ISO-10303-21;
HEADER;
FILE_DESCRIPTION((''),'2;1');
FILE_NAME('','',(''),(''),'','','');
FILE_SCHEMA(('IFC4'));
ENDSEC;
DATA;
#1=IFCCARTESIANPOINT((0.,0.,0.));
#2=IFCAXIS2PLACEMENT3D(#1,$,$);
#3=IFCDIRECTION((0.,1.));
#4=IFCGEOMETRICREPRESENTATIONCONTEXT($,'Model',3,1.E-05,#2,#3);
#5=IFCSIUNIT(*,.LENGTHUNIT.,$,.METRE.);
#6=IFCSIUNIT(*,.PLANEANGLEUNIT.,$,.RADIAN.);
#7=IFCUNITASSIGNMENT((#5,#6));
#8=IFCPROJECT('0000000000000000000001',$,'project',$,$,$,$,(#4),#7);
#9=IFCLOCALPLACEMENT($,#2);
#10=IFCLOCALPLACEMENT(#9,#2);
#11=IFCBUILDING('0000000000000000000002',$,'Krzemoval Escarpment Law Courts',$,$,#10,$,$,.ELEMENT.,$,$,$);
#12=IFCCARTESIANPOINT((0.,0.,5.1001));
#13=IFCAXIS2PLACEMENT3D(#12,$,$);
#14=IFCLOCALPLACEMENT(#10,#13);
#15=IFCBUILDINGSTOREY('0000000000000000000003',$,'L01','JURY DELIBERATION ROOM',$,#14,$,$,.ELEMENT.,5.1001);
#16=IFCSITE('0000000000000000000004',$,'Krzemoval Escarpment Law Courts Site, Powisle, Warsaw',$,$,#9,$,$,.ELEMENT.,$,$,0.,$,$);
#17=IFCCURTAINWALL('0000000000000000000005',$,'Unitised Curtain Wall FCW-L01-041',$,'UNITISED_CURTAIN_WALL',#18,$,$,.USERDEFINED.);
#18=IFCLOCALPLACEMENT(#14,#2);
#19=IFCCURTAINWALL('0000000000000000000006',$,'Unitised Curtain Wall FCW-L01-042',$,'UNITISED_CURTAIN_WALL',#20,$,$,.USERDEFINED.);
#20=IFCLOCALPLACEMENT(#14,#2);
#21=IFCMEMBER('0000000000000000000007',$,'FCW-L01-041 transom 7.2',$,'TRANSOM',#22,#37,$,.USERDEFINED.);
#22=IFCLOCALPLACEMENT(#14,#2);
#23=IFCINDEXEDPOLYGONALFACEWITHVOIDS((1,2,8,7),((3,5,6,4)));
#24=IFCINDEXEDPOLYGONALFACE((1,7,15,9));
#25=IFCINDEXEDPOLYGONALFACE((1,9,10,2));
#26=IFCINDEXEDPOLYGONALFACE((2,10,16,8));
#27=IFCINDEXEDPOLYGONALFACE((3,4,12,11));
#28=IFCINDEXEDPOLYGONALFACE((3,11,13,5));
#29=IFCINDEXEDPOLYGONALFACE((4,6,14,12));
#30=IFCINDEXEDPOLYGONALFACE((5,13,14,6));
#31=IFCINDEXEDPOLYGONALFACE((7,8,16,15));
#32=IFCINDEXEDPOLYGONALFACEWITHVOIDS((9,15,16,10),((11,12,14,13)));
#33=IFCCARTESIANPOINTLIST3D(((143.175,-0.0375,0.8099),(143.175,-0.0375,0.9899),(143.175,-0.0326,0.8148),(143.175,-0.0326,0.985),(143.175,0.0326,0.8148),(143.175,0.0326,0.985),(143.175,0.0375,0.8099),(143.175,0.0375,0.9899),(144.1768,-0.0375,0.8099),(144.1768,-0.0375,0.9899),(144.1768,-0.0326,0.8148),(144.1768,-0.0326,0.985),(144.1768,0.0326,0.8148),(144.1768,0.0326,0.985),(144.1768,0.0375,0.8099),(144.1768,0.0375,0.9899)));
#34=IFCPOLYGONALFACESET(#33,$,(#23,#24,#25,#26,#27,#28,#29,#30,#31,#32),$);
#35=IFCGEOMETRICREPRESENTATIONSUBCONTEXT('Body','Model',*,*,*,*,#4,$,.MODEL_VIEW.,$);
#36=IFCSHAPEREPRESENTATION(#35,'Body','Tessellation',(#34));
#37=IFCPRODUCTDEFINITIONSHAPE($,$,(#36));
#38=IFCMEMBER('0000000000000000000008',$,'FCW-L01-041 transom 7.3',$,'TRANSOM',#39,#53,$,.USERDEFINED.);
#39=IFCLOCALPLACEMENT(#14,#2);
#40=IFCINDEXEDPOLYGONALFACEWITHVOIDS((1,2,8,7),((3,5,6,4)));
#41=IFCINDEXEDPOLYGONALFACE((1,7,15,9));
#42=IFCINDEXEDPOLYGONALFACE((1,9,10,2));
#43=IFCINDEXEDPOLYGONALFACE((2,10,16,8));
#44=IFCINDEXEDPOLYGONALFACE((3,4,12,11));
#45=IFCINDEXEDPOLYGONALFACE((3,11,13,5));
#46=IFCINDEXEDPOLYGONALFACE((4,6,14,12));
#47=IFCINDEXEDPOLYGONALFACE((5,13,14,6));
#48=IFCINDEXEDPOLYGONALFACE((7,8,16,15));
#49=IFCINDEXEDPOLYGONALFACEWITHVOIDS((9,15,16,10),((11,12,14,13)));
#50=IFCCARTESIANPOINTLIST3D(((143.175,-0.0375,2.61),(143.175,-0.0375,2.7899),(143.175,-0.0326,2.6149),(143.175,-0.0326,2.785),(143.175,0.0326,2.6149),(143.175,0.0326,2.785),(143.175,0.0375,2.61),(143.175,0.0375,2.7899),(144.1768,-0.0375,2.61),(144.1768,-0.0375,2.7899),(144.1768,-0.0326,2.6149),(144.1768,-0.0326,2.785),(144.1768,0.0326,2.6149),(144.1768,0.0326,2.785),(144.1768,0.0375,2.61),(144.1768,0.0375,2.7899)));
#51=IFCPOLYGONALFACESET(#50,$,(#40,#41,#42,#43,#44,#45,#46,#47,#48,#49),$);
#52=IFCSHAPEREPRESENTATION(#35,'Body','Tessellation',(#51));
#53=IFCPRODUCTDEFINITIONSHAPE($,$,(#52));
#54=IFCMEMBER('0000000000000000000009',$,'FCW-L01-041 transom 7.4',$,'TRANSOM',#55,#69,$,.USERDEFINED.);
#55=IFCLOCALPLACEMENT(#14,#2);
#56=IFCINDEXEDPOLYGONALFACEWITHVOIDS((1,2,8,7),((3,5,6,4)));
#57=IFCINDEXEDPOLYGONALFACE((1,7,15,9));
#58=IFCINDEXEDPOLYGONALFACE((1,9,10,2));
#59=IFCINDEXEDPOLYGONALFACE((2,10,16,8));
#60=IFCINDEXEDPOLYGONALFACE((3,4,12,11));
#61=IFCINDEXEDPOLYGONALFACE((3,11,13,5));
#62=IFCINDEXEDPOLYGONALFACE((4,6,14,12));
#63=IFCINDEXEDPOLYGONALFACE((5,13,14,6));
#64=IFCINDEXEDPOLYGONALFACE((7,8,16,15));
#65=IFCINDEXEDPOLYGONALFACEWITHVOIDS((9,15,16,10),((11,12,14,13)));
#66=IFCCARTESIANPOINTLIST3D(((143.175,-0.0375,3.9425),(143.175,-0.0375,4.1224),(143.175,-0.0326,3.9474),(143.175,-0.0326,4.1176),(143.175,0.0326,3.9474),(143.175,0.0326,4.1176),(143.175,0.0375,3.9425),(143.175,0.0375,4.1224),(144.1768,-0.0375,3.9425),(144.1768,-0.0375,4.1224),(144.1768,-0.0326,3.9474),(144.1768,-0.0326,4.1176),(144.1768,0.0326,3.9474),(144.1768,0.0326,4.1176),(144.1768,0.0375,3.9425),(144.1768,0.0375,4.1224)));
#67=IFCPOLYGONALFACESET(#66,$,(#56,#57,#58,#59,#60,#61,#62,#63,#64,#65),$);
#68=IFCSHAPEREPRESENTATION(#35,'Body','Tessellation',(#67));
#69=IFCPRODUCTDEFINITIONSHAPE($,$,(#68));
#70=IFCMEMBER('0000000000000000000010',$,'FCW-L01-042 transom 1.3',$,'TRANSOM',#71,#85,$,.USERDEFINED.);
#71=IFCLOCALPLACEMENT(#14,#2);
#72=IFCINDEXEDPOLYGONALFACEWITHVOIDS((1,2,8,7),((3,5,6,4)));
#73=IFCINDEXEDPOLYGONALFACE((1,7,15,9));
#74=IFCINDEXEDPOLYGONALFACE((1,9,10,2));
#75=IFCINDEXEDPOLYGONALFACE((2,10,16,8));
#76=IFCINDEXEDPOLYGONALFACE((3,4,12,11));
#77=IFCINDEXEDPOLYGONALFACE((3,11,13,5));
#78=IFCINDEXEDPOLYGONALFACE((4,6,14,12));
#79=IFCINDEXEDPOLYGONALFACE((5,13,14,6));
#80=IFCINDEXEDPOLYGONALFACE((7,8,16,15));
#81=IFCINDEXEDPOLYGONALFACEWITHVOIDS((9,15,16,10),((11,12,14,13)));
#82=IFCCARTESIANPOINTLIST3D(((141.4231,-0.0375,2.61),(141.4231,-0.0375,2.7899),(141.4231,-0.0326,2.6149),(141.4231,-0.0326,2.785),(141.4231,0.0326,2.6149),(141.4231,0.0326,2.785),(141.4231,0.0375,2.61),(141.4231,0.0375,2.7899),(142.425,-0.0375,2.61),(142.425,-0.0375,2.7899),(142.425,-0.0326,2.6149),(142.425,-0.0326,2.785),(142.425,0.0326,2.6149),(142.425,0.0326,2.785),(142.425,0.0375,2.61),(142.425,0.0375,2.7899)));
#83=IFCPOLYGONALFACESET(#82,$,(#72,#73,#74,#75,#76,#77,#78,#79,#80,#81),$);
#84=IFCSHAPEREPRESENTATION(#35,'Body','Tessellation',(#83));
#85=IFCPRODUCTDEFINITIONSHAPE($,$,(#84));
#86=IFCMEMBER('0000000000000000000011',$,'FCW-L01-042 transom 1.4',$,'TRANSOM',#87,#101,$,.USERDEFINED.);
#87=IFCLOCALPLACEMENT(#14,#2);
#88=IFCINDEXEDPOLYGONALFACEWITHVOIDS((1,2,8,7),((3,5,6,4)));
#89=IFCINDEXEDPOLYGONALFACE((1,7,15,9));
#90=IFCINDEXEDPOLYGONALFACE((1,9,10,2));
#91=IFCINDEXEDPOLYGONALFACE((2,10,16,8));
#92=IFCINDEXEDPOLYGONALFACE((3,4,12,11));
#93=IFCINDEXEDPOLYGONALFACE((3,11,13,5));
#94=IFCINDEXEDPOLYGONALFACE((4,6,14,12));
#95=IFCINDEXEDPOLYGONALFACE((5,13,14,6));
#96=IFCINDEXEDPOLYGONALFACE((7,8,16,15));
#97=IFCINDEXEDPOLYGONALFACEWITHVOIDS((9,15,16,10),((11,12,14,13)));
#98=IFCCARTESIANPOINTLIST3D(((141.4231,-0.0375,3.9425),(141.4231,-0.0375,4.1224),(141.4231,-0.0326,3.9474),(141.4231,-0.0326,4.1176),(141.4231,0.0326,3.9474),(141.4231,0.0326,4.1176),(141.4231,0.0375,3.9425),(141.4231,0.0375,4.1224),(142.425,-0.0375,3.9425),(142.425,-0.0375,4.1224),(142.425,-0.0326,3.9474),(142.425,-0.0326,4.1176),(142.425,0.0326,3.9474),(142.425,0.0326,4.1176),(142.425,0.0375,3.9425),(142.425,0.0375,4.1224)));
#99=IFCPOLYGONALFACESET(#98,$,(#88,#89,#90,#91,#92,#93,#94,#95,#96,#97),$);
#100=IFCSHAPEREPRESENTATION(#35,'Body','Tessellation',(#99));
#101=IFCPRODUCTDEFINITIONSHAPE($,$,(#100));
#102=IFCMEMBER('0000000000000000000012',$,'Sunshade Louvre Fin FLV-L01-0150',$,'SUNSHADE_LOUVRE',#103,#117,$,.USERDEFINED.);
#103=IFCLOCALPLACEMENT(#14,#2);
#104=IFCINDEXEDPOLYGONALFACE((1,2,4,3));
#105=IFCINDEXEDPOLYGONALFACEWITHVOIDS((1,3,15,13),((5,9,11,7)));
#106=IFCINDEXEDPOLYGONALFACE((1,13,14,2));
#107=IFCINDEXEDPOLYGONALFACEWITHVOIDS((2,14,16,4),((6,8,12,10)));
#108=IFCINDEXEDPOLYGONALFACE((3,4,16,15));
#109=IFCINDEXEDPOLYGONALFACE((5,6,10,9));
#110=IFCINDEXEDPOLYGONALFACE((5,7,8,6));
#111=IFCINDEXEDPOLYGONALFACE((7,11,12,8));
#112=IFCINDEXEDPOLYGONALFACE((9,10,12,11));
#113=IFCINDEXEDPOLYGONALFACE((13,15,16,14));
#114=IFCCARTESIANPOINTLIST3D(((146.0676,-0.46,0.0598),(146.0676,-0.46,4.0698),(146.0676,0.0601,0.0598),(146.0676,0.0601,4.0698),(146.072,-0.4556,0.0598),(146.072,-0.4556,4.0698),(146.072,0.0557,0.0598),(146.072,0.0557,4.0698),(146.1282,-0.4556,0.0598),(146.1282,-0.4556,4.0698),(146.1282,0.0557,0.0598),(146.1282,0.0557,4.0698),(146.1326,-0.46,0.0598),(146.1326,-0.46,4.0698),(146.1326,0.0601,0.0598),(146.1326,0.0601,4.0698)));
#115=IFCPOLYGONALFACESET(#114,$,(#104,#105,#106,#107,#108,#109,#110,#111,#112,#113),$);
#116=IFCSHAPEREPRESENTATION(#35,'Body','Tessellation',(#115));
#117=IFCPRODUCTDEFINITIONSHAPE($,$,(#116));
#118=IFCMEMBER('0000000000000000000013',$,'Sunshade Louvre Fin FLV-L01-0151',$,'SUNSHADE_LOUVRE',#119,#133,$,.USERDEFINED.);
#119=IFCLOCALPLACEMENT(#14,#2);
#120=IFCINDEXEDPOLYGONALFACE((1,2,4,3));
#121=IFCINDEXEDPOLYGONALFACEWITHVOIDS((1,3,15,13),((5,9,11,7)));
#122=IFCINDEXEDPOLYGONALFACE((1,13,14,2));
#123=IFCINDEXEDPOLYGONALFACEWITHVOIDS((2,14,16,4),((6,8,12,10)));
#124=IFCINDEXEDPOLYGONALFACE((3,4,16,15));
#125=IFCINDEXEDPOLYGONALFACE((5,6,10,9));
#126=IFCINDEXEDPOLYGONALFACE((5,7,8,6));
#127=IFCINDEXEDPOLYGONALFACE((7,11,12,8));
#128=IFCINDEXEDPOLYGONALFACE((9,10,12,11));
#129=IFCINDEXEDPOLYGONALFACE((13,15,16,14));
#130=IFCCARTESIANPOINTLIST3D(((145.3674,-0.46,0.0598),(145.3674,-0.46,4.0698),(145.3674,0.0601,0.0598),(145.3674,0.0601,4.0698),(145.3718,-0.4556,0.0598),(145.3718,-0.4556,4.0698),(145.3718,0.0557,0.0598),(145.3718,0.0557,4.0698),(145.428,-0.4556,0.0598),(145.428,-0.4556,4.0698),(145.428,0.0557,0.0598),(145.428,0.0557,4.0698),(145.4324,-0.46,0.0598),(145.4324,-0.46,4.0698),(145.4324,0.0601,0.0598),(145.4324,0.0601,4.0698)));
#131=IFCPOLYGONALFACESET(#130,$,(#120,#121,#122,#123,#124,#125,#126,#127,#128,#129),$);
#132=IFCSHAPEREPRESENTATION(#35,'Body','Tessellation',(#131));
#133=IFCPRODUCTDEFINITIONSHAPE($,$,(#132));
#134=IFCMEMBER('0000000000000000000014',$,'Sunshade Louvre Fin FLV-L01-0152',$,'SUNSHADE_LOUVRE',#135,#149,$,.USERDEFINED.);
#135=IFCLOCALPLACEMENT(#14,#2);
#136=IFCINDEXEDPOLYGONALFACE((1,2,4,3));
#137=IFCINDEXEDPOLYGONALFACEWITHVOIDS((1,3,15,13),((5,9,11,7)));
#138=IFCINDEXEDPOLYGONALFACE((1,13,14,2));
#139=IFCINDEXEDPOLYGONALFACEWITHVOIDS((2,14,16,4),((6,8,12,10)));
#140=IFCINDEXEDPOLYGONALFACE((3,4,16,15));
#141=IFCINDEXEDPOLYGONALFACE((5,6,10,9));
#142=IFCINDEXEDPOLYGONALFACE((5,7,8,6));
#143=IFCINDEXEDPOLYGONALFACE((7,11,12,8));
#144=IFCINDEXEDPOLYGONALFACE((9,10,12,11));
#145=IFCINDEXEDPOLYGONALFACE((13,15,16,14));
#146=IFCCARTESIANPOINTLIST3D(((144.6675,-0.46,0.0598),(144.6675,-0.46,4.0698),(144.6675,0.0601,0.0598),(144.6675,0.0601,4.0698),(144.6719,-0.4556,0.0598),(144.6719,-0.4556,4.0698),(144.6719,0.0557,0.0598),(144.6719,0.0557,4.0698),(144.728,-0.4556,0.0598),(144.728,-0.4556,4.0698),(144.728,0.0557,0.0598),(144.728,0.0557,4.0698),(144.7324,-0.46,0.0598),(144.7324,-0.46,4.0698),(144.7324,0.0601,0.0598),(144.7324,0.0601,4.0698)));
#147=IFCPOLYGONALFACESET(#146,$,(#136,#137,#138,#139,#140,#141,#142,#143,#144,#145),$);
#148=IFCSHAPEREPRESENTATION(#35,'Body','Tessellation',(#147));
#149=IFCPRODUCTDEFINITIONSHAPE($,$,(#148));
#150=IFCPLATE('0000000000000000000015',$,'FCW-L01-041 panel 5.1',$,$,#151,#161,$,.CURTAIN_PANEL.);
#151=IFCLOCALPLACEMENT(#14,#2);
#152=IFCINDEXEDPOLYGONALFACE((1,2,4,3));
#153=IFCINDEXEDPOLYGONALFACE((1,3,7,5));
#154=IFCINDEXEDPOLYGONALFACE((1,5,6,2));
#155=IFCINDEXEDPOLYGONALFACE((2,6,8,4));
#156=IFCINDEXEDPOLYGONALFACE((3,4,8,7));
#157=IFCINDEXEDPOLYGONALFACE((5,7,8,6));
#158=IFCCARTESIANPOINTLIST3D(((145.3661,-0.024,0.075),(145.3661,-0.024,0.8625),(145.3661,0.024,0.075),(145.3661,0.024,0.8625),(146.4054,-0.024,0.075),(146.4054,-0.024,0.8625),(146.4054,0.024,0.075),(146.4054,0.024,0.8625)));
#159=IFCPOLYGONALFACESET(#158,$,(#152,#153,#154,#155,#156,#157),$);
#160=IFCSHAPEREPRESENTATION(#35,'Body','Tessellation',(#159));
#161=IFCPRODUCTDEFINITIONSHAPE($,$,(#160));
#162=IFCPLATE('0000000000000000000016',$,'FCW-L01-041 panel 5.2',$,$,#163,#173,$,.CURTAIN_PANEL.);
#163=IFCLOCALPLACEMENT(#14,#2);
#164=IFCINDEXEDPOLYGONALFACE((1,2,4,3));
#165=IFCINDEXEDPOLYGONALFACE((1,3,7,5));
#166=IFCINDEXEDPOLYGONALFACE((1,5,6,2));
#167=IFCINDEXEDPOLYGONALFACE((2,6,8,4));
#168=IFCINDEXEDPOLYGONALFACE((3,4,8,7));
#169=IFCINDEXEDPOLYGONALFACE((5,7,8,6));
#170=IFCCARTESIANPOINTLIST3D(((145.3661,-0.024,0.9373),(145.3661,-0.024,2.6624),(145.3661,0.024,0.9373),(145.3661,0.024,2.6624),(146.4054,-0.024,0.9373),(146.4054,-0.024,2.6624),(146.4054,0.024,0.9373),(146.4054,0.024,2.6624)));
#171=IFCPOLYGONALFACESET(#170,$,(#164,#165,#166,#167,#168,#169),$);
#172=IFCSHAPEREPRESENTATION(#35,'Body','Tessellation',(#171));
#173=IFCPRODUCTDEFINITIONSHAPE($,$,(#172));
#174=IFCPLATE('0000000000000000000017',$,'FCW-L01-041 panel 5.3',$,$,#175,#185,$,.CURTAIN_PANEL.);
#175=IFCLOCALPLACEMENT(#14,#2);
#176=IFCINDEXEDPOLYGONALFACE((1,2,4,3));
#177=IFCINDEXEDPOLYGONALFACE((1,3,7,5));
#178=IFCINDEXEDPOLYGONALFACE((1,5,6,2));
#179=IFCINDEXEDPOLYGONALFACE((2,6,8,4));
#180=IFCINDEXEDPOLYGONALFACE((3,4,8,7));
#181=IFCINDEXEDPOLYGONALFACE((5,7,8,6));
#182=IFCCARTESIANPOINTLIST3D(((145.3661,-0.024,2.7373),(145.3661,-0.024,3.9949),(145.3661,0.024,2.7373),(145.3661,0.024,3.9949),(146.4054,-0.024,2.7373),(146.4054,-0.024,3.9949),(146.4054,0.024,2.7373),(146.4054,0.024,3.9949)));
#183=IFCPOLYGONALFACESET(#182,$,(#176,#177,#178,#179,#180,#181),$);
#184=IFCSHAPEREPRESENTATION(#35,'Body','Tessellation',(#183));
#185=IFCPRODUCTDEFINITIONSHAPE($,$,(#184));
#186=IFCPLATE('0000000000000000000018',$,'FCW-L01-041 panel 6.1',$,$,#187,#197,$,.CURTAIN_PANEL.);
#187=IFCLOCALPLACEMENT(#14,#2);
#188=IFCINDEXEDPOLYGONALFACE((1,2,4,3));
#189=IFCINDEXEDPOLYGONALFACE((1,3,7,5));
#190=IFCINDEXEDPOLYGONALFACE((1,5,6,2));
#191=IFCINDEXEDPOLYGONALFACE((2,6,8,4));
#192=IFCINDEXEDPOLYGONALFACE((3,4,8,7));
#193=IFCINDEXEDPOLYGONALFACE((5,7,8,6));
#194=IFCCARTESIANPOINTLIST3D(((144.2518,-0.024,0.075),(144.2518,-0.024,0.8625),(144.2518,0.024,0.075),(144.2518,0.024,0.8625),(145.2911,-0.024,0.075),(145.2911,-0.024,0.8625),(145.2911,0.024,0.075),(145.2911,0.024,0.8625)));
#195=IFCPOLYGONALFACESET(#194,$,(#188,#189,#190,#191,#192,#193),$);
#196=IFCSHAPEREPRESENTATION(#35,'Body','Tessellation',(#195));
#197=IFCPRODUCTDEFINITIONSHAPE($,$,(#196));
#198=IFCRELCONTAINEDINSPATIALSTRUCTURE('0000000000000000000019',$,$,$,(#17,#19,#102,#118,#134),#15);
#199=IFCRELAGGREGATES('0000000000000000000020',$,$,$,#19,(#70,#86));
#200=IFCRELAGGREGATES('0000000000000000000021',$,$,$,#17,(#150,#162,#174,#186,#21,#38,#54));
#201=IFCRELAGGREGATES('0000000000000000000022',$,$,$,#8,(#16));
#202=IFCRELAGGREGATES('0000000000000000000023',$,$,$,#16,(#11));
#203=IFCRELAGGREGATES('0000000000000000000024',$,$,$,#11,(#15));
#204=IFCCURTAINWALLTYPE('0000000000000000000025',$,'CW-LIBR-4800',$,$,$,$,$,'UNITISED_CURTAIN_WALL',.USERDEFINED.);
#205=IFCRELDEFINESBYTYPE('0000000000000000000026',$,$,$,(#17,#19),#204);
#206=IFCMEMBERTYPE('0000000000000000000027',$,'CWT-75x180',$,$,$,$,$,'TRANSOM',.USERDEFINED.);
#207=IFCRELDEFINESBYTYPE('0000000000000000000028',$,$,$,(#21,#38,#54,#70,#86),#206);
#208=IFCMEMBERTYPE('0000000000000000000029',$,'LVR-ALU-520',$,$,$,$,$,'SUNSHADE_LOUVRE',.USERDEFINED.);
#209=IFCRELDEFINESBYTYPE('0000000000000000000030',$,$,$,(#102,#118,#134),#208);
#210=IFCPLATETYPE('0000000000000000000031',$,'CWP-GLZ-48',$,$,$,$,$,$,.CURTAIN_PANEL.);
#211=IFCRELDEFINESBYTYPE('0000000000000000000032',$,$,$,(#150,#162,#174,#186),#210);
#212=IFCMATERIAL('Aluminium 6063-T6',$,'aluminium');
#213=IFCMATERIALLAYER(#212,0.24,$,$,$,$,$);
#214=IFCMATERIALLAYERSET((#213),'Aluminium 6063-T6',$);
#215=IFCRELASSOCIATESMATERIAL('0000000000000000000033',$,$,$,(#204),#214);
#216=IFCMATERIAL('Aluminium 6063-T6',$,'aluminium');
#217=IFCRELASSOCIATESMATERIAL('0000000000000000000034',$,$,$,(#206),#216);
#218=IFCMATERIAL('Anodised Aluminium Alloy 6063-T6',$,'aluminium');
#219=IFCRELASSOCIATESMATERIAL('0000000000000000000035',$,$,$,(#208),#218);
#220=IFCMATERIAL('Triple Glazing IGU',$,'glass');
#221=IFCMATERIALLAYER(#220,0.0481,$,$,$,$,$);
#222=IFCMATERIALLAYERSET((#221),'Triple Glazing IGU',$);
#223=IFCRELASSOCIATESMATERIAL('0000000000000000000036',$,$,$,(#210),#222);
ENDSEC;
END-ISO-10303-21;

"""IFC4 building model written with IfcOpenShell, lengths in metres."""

from ifc_helpers import new_model, si_unit, direction, frame, origin, origin_2d, place, context, subcontext, project, spatial, rectangle, hollow_rectangle, extrude, material, layer, layer_set, material_profile, profile_set, type_object, element, aggregate, save


model = new_model("IFC4")

# Units and contexts
model_context = context("Model", 3, precision=1e-05, world=origin(), true_north=direction((0.0, 1.0)))
body_context = subcontext(model_context, "Body", "Model", "MODEL_VIEW")
ifc_project = project(units=[si_unit("LENGTHUNIT", "METRE"), si_unit("PLANEANGLEUNIT", "RADIAN")], contexts=[model_context])

# Site, building, storey
site_placement = place(None, origin())
site = spatial("IfcSite", under=ifc_project, at=site_placement, Name="Krzemoval Escarpment Law Courts Site, Powisle, Warsaw", CompositionType="ELEMENT", RefElevation=0.0)
building_placement = place(site_placement, origin())
building = spatial("IfcBuilding", under=site, at=building_placement, Name="Krzemoval Escarpment Law Courts", CompositionType="ELEMENT")
storey_placement = place(building_placement, frame((0.0, 0.0, 5.1001)))
storey = spatial("IfcBuildingStorey", under=building, at=storey_placement, Name="L01", Description="JURY DELIBERATION ROOM", CompositionType="ELEMENT", Elevation=5.1001)

# Curtain wall
ifc_material_1 = material(Name="Aluminium 6063-T6", Category="aluminium")
ifc_layer_1 = layer(ifc_material_1, 0.24)
ifc_layer_set_1 = layer_set([ifc_layer_1], Name="Aluminium 6063-T6")
curtain_wall_type = type_object("IfcCurtainWallType", Name="CW-LIBR-4800", ElementType="UNITISED_CURTAIN_WALL", PredefinedType="USERDEFINED", material=ifc_layer_set_1)
curtain_wall_1_placement = place(storey_placement, origin())
curtain_wall_1 = element("IfcCurtainWall", 1, at=curtain_wall_1_placement, inside=storey, type_object=curtain_wall_type, Name="Unitised Curtain Wall FCW-L01-041", ObjectType="UNITISED_CURTAIN_WALL", PredefinedType="USERDEFINED")

# Curtain wall
curtain_wall_2_placement = place(storey_placement, origin())
curtain_wall_2 = element("IfcCurtainWall", 2, at=curtain_wall_2_placement, inside=storey, type_object=curtain_wall_type, Name="Unitised Curtain Wall FCW-L01-042", ObjectType="UNITISED_CURTAIN_WALL", PredefinedType="USERDEFINED")

# Members
ifc_material_2 = material(Name="Aluminium 6063-T6", Category="aluminium")
ifc_material_profile_1 = material_profile(ifc_material_2, hollow_rectangle(XDim=0.075, YDim=0.1799, WallThickness=0.0049, at=origin_2d()), Name="ALU T75x180")
ifc_profile_set_1 = profile_set([ifc_material_profile_1], Name="Aluminium 6063-T6")
member_type_1 = type_object("IfcMemberType", Name="CWT-75x180", ElementType="TRANSOM", PredefinedType="USERDEFINED", material=ifc_profile_set_1)
member_1_placement = place(storey_placement, frame((144.1768, 0.0, 0.8999), z_axis=(-1.0, 0.0, 0.0), x_axis=(0.0, -1.0, 0.0)))
member_1 = element("IfcMember", 3, at=member_1_placement, type_object=member_type_1, Name="FCW-L01-041 transom 7.2", ObjectType="TRANSOM", PredefinedType="USERDEFINED", context=body_context, shape_type="SweptSolid", body=[
    extrude(hollow_rectangle(XDim=0.075, YDim=0.1799, WallThickness=0.0049, at=origin_2d()), origin(), (0.0, 0.0, 1.0), 1.0017),
])
member_2_placement = place(storey_placement, frame((144.1768, 0.0, 2.7), z_axis=(-1.0, 0.0, 0.0), x_axis=(0.0, -1.0, 0.0)))
member_2 = element("IfcMember", 4, at=member_2_placement, type_object=member_type_1, Name="FCW-L01-041 transom 7.3", ObjectType="TRANSOM", PredefinedType="USERDEFINED", context=body_context, shape_type="SweptSolid", body=[
    extrude(hollow_rectangle(XDim=0.075, YDim=0.1799, WallThickness=0.0049, at=origin_2d()), origin(), (0.0, 0.0, 1.0), 1.0017),
])
member_3_placement = place(storey_placement, frame((144.1768, 0.0, 4.0325), z_axis=(-1.0, 0.0, 0.0), x_axis=(0.0, -1.0, 0.0)))
member_3 = element("IfcMember", 5, at=member_3_placement, type_object=member_type_1, Name="FCW-L01-041 transom 7.4", ObjectType="TRANSOM", PredefinedType="USERDEFINED", context=body_context, shape_type="SweptSolid", body=[
    extrude(hollow_rectangle(XDim=0.075, YDim=0.1799, WallThickness=0.0049, at=origin_2d()), origin(), (0.0, 0.0, 1.0), 1.0017),
])
member_4_placement = place(storey_placement, frame((142.425, 0.0, 2.7), z_axis=(-1.0, 0.0, 0.0), x_axis=(0.0, -1.0, 0.0)))
member_4 = element("IfcMember", 6, at=member_4_placement, type_object=member_type_1, Name="FCW-L01-042 transom 1.3", ObjectType="TRANSOM", PredefinedType="USERDEFINED", context=body_context, shape_type="SweptSolid", body=[
    extrude(hollow_rectangle(XDim=0.075, YDim=0.1799, WallThickness=0.0049, at=origin_2d()), origin(), (0.0, 0.0, 1.0), 1.002),
])
member_5_placement = place(storey_placement, frame((142.425, 0.0, 4.0325), z_axis=(-1.0, 0.0, 0.0), x_axis=(0.0, -1.0, 0.0)))
member_5 = element("IfcMember", 7, at=member_5_placement, type_object=member_type_1, Name="FCW-L01-042 transom 1.4", ObjectType="TRANSOM", PredefinedType="USERDEFINED", context=body_context, shape_type="SweptSolid", body=[
    extrude(hollow_rectangle(XDim=0.075, YDim=0.1799, WallThickness=0.0049, at=origin_2d()), origin(), (0.0, 0.0, 1.0), 1.002),
])
aggregate(curtain_wall_2, [member_4, member_5])

# Members
ifc_material_3 = material(Name="Anodised Aluminium Alloy 6063-T6", Category="aluminium")
ifc_material_profile_2 = material_profile(ifc_material_3, hollow_rectangle(XDim=0.0649, YDim=0.52, WallThickness=0.0044, at=origin_2d()), Name="ALU LVR 65x520")
ifc_profile_set_2 = profile_set([ifc_material_profile_2], Name="Anodised Aluminium Alloy 6063-T6")
member_type_2 = type_object("IfcMemberType", Name="LVR-ALU-520", ElementType="SUNSHADE_LOUVRE", PredefinedType="USERDEFINED", material=ifc_profile_set_2)
for number, where, z_axis, x_axis, name in (
    (8, (146.1001, -0.2, 0.0598), (0.0, 0.0, 1.0), (1.0, 0.0, 0.0), "Sunshade Louvre Fin FLV-L01-0150"),
    (9, (145.3999, -0.2, 0.0598), (0.0, 0.0, 1.0), (1.0, 0.0, 0.0), "Sunshade Louvre Fin FLV-L01-0151"),
    (10, (144.7, -0.2, 0.0598), (0.0, 0.0, 1.0), (1.0, 0.0, 0.0), "Sunshade Louvre Fin FLV-L01-0152"),
):
    element("IfcMember", number, at=place(storey_placement, frame(where, z_axis=z_axis, x_axis=x_axis)), inside=storey, type_object=member_type_2, Name=name, ObjectType="SUNSHADE_LOUVRE", PredefinedType="USERDEFINED", context=body_context, shape_type="SweptSolid", body=[
        extrude(hollow_rectangle(XDim=0.0649, YDim=0.52, WallThickness=0.0044, at=origin_2d()), origin(), (0.0, 0.0, 1.0), 4.01),
    ])

# Plates
ifc_material_4 = material(Name="Triple Glazing IGU", Category="glass")
ifc_layer_2 = layer(ifc_material_4, 0.0481)
ifc_layer_set_2 = layer_set([ifc_layer_2], Name="Triple Glazing IGU")
plate_type = type_object("IfcPlateType", Name="CWP-GLZ-48", PredefinedType="CURTAIN_PANEL", material=ifc_layer_set_2)
plate_1_placement = place(storey_placement, frame((145.8857, 0.0, 0.075), z_axis=(0.0, 0.0, 1.0), x_axis=(-1.0, 0.0, 0.0)))
plate_1 = element("IfcPlate", 11, at=plate_1_placement, type_object=plate_type, Name="FCW-L01-041 panel 5.1", PredefinedType="CURTAIN_PANEL", context=body_context, shape_type="SweptSolid", body=[
    extrude(rectangle(XDim=1.0393, YDim=0.0481, at=origin_2d()), origin(), (0.0, 0.0, 1.0), 0.7876),
])
plate_2_placement = place(storey_placement, frame((145.8857, 0.0, 0.9373), z_axis=(0.0, 0.0, 1.0), x_axis=(-1.0, 0.0, 0.0)))
plate_2 = element("IfcPlate", 12, at=plate_2_placement, type_object=plate_type, Name="FCW-L01-041 panel 5.2", PredefinedType="CURTAIN_PANEL", context=body_context, shape_type="SweptSolid", body=[
    extrude(rectangle(XDim=1.0393, YDim=0.0481, at=origin_2d()), origin(), (0.0, 0.0, 1.0), 1.7251),
])
plate_3_placement = place(storey_placement, frame((145.8857, 0.0, 2.7373), z_axis=(0.0, 0.0, 1.0), x_axis=(-1.0, 0.0, 0.0)))
plate_3 = element("IfcPlate", 13, at=plate_3_placement, type_object=plate_type, Name="FCW-L01-041 panel 5.3", PredefinedType="CURTAIN_PANEL", context=body_context, shape_type="SweptSolid", body=[
    extrude(rectangle(XDim=1.0393, YDim=0.0481, at=origin_2d()), origin(), (0.0, 0.0, 1.0), 1.2576),
])
plate_4_placement = place(storey_placement, frame((144.7715, 0.0, 0.075), z_axis=(0.0, 0.0, 1.0), x_axis=(-1.0, 0.0, 0.0)))
plate_4 = element("IfcPlate", 14, at=plate_4_placement, type_object=plate_type, Name="FCW-L01-041 panel 6.1", PredefinedType="CURTAIN_PANEL", context=body_context, shape_type="SweptSolid", body=[
    extrude(rectangle(XDim=1.0393, YDim=0.0481, at=origin_2d()), origin(), (0.0, 0.0, 1.0), 0.7876),
])
aggregate(curtain_wall_1, [plate_1, plate_2, plate_3, plate_4, member_1, member_2, member_3])

save(model, "model.ifc")
